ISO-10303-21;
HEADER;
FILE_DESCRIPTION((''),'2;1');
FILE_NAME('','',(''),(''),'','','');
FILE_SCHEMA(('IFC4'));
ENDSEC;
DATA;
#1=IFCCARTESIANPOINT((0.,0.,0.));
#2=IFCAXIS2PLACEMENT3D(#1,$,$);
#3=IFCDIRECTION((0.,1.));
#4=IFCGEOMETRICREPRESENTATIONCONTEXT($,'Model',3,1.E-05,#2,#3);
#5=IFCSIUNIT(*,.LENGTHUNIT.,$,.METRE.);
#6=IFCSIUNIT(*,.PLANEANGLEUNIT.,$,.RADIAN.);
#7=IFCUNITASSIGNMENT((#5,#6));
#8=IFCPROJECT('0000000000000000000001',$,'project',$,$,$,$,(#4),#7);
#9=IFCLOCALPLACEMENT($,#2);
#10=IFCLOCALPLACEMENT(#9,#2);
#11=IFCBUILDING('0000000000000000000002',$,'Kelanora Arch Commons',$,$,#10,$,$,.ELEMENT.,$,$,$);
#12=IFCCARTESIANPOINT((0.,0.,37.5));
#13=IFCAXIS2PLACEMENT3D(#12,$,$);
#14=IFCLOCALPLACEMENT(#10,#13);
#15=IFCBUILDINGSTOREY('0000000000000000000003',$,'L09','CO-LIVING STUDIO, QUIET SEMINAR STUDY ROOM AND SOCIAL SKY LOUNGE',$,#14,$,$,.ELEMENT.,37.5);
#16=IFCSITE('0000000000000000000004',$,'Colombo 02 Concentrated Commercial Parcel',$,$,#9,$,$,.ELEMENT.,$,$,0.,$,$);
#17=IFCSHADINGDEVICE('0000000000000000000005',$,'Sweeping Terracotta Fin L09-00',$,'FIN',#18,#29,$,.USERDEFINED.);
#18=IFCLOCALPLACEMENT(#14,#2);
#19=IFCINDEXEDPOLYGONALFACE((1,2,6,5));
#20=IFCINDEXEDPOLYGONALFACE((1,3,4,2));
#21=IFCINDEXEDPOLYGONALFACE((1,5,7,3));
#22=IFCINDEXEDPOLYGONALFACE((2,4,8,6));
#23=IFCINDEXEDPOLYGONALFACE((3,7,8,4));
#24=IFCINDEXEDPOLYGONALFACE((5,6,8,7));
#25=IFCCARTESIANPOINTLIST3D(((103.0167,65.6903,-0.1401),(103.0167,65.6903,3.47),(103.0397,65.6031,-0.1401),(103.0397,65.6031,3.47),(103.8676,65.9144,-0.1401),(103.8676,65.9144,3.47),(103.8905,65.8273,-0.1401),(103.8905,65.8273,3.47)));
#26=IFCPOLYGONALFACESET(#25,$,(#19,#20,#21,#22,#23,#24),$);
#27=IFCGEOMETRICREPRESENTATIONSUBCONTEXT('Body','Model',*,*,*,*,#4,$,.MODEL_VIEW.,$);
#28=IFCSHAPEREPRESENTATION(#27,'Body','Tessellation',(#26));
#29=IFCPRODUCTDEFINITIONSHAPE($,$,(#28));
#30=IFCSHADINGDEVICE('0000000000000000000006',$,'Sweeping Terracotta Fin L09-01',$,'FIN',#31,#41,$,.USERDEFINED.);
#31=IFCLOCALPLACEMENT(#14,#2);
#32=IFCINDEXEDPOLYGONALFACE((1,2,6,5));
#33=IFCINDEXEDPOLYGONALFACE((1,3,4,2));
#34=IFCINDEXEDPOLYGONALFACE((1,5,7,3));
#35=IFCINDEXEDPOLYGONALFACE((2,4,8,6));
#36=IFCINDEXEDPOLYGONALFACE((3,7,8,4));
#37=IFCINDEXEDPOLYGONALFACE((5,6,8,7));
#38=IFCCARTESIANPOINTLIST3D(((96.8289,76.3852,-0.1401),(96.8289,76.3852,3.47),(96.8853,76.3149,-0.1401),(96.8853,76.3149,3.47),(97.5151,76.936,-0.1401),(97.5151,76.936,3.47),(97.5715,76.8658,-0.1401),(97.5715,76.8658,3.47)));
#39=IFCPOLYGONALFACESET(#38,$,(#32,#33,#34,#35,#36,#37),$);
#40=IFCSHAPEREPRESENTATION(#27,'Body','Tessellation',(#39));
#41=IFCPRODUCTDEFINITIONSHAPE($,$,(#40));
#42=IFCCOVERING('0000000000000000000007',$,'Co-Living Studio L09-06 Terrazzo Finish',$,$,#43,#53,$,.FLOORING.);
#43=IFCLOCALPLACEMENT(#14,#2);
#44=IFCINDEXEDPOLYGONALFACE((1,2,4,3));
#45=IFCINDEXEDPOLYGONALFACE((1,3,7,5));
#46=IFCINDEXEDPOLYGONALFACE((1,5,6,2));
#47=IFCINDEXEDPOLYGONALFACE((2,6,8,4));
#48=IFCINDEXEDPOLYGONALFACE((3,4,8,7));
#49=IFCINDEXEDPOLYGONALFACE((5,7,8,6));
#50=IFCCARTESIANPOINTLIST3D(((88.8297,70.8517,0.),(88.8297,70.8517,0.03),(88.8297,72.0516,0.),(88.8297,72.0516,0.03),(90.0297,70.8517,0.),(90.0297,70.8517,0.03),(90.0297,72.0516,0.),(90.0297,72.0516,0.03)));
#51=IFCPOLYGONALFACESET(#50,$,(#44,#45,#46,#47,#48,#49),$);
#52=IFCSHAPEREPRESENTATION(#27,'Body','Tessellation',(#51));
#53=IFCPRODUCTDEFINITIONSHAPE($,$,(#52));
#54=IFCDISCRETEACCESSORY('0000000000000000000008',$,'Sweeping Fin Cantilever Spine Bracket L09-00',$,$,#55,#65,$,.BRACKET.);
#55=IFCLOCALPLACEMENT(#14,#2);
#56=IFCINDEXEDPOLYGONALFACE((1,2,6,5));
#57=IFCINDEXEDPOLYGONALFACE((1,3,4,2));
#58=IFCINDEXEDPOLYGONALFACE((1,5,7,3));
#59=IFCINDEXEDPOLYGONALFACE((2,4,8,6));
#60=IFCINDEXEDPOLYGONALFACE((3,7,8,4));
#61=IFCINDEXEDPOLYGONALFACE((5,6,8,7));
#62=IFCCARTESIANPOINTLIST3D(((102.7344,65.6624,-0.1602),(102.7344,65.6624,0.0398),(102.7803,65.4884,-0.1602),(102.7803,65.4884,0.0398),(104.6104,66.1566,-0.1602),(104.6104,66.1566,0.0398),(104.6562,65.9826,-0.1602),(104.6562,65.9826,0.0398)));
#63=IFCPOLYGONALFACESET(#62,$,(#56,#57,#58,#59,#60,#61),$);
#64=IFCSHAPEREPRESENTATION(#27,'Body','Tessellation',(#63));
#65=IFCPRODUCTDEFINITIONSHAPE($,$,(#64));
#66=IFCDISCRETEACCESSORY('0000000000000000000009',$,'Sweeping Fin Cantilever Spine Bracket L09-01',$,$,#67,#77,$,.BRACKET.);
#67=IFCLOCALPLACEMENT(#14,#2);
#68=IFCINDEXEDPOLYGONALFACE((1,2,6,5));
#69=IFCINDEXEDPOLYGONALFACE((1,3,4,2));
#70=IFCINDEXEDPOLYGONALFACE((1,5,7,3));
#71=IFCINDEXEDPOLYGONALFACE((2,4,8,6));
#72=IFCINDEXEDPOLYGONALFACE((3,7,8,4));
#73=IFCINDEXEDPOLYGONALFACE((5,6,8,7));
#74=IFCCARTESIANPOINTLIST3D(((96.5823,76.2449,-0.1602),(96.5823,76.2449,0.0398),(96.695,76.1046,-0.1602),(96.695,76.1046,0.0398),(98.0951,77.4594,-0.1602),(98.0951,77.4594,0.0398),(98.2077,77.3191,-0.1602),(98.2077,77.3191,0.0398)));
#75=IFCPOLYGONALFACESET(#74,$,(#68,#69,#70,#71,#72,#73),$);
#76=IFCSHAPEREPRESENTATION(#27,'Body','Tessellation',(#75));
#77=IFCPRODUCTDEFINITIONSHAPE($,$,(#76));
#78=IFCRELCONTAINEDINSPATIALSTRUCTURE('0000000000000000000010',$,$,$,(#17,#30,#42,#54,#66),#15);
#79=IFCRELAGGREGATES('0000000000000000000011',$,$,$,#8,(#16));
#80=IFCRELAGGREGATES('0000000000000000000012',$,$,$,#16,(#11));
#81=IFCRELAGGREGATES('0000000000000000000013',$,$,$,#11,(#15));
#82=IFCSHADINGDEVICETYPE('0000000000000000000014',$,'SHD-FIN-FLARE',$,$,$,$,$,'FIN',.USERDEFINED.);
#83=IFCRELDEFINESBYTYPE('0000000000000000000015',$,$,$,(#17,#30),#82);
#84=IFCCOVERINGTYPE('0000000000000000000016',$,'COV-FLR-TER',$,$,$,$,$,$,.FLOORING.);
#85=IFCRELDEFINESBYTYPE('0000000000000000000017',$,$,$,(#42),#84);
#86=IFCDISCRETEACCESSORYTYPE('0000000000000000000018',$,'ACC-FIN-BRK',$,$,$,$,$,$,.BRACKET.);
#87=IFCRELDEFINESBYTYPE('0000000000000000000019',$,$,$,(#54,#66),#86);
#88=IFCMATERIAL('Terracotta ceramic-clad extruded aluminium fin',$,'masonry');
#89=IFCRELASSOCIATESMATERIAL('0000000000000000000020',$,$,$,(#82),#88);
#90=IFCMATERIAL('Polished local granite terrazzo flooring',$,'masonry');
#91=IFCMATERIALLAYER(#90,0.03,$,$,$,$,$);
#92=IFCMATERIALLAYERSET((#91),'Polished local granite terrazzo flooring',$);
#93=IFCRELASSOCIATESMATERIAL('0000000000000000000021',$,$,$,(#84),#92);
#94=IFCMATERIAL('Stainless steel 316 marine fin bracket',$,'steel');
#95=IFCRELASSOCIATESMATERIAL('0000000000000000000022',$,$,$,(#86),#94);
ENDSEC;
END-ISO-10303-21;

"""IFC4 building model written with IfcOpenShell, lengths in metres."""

from ifc_helpers import new_model, si_unit, direction, frame, origin, origin_2d, place, context, subcontext, project, spatial, rectangle, extrude, source, transform, mapped, material, layer, layer_set, type_object, element, save


model = new_model("IFC4")

# Units and contexts
model_context = context("Model", 3, precision=1e-05, world=origin(), true_north=direction((0.0, 1.0)))
body_context = subcontext(model_context, "Body", "Model", "MODEL_VIEW")
ifc_project = project(units=[si_unit("LENGTHUNIT", "METRE"), si_unit("PLANEANGLEUNIT", "RADIAN")], contexts=[model_context])

# Site, building, storey
site_placement = place(None, origin())
site = spatial("IfcSite", under=ifc_project, at=site_placement, Name="Colombo 02 Concentrated Commercial Parcel", CompositionType="ELEMENT", RefElevation=0.0)
building_placement = place(site_placement, origin())
building = spatial("IfcBuilding", under=site, at=building_placement, Name="Kelanora Arch Commons", CompositionType="ELEMENT")
storey_placement = place(building_placement, frame((0.0, 0.0, 37.5)))
storey = spatial("IfcBuildingStorey", under=building, at=storey_placement, Name="L09", Description="CO-LIVING STUDIO, QUIET SEMINAR STUDY ROOM AND SOCIAL SKY LOUNGE", CompositionType="ELEMENT", Elevation=37.5)

# Shading devices
ifc_material_1 = material(Name="Terracotta ceramic-clad extruded aluminium fin", Category="masonry")
shading_device_type = type_object("IfcShadingDeviceType", Name="SHD-FIN-FLARE", ElementType="FIN", PredefinedType="USERDEFINED", material=ifc_material_1)
shared_shape_1 = source(origin(), body_context, "Body", "SweptSolid", [
    extrude(rectangle(XDim=0.8799, YDim=0.0901, at=origin_2d()), origin(), (0.0, 0.0, 1.0), 3.6101),
])
for number, where, z_axis, x_axis, name in (
    (1, (103.4536, 65.7588, -0.1401), (0.0, 0.0, 1.0), (0.967001, 0.254771, 0.0), "Sweeping Terracotta Fin L09-00"),
    (2, (97.2002, 76.6255, -0.1401), (0.0, 0.0, 1.0), (0.779775, 0.62606, 0.0), "Sweeping Terracotta Fin L09-01"),
):
    element("IfcShadingDevice", number, at=place(storey_placement, frame(where, z_axis=z_axis, x_axis=x_axis)), inside=storey, type_object=shading_device_type, Name=name, ObjectType="FIN", PredefinedType="USERDEFINED", context=body_context, shape_type="MappedRepresentation", body=[
        mapped(shared_shape_1, transform((0.0, 0.0, 0.0), scale=1.0)),
    ])

# Covering
ifc_material_2 = material(Name="Polished local granite terrazzo flooring", Category="masonry")
ifc_layer_1 = layer(ifc_material_2, 0.03)
ifc_layer_set_1 = layer_set([ifc_layer_1], Name="Polished local granite terrazzo flooring")
covering_type = type_object("IfcCoveringType", Name="COV-FLR-TER", PredefinedType="FLOORING", material=ifc_layer_set_1)
shared_shape_2 = source(origin(), body_context, "Body", "SweptSolid", [
    extrude(rectangle(XDim=1.2, YDim=1.2, at=origin_2d()), origin(), (0.0, 0.0, 1.0), 0.03),
])
covering_placement = place(storey_placement, frame((89.4297, 71.4517, 0.0), z_axis=(0.0, 0.0, 1.0), x_axis=(1.0, 0.0, 0.0)))
element("IfcCovering", 3, at=covering_placement, inside=storey, type_object=covering_type, Name="Co-Living Studio L09-06 Terrazzo Finish", PredefinedType="FLOORING", context=body_context, shape_type="MappedRepresentation", body=[
    mapped(shared_shape_2, transform((0.0, 0.0, 0.0), scale=1.0)),
])

# Discrete accessories
ifc_material_3 = material(Name="Stainless steel 316 marine fin bracket", Category="steel")
discrete_accessory_type = type_object("IfcDiscreteAccessoryType", Name="ACC-FIN-BRK", PredefinedType="BRACKET", material=ifc_material_3)
shared_shape_3 = source(origin(), body_context, "Body", "SweptSolid", [
    extrude(rectangle(XDim=1.9399, YDim=0.1799, at=origin_2d()), origin(), (0.0, 0.0, 1.0), 0.2),
])
for number, where, z_axis, x_axis, name in (
    (4, (103.6953, 65.8225, -0.1602), (0.0, 0.0, 1.0), (0.967001, 0.254771, 0.0), "Sweeping Fin Cantilever Spine Bracket L09-00"),
    (5, (97.395, 76.782, -0.1602), (0.0, 0.0, 1.0), (0.779775, 0.62606, 0.0), "Sweeping Fin Cantilever Spine Bracket L09-01"),
):
    element("IfcDiscreteAccessory", number, at=place(storey_placement, frame(where, z_axis=z_axis, x_axis=x_axis)), inside=storey, type_object=discrete_accessory_type, Name=name, PredefinedType="BRACKET", context=body_context, shape_type="MappedRepresentation", body=[
        mapped(shared_shape_3, transform((0.0, 0.0, 0.0), scale=1.0)),
    ])

save(model, "model.ifc")
